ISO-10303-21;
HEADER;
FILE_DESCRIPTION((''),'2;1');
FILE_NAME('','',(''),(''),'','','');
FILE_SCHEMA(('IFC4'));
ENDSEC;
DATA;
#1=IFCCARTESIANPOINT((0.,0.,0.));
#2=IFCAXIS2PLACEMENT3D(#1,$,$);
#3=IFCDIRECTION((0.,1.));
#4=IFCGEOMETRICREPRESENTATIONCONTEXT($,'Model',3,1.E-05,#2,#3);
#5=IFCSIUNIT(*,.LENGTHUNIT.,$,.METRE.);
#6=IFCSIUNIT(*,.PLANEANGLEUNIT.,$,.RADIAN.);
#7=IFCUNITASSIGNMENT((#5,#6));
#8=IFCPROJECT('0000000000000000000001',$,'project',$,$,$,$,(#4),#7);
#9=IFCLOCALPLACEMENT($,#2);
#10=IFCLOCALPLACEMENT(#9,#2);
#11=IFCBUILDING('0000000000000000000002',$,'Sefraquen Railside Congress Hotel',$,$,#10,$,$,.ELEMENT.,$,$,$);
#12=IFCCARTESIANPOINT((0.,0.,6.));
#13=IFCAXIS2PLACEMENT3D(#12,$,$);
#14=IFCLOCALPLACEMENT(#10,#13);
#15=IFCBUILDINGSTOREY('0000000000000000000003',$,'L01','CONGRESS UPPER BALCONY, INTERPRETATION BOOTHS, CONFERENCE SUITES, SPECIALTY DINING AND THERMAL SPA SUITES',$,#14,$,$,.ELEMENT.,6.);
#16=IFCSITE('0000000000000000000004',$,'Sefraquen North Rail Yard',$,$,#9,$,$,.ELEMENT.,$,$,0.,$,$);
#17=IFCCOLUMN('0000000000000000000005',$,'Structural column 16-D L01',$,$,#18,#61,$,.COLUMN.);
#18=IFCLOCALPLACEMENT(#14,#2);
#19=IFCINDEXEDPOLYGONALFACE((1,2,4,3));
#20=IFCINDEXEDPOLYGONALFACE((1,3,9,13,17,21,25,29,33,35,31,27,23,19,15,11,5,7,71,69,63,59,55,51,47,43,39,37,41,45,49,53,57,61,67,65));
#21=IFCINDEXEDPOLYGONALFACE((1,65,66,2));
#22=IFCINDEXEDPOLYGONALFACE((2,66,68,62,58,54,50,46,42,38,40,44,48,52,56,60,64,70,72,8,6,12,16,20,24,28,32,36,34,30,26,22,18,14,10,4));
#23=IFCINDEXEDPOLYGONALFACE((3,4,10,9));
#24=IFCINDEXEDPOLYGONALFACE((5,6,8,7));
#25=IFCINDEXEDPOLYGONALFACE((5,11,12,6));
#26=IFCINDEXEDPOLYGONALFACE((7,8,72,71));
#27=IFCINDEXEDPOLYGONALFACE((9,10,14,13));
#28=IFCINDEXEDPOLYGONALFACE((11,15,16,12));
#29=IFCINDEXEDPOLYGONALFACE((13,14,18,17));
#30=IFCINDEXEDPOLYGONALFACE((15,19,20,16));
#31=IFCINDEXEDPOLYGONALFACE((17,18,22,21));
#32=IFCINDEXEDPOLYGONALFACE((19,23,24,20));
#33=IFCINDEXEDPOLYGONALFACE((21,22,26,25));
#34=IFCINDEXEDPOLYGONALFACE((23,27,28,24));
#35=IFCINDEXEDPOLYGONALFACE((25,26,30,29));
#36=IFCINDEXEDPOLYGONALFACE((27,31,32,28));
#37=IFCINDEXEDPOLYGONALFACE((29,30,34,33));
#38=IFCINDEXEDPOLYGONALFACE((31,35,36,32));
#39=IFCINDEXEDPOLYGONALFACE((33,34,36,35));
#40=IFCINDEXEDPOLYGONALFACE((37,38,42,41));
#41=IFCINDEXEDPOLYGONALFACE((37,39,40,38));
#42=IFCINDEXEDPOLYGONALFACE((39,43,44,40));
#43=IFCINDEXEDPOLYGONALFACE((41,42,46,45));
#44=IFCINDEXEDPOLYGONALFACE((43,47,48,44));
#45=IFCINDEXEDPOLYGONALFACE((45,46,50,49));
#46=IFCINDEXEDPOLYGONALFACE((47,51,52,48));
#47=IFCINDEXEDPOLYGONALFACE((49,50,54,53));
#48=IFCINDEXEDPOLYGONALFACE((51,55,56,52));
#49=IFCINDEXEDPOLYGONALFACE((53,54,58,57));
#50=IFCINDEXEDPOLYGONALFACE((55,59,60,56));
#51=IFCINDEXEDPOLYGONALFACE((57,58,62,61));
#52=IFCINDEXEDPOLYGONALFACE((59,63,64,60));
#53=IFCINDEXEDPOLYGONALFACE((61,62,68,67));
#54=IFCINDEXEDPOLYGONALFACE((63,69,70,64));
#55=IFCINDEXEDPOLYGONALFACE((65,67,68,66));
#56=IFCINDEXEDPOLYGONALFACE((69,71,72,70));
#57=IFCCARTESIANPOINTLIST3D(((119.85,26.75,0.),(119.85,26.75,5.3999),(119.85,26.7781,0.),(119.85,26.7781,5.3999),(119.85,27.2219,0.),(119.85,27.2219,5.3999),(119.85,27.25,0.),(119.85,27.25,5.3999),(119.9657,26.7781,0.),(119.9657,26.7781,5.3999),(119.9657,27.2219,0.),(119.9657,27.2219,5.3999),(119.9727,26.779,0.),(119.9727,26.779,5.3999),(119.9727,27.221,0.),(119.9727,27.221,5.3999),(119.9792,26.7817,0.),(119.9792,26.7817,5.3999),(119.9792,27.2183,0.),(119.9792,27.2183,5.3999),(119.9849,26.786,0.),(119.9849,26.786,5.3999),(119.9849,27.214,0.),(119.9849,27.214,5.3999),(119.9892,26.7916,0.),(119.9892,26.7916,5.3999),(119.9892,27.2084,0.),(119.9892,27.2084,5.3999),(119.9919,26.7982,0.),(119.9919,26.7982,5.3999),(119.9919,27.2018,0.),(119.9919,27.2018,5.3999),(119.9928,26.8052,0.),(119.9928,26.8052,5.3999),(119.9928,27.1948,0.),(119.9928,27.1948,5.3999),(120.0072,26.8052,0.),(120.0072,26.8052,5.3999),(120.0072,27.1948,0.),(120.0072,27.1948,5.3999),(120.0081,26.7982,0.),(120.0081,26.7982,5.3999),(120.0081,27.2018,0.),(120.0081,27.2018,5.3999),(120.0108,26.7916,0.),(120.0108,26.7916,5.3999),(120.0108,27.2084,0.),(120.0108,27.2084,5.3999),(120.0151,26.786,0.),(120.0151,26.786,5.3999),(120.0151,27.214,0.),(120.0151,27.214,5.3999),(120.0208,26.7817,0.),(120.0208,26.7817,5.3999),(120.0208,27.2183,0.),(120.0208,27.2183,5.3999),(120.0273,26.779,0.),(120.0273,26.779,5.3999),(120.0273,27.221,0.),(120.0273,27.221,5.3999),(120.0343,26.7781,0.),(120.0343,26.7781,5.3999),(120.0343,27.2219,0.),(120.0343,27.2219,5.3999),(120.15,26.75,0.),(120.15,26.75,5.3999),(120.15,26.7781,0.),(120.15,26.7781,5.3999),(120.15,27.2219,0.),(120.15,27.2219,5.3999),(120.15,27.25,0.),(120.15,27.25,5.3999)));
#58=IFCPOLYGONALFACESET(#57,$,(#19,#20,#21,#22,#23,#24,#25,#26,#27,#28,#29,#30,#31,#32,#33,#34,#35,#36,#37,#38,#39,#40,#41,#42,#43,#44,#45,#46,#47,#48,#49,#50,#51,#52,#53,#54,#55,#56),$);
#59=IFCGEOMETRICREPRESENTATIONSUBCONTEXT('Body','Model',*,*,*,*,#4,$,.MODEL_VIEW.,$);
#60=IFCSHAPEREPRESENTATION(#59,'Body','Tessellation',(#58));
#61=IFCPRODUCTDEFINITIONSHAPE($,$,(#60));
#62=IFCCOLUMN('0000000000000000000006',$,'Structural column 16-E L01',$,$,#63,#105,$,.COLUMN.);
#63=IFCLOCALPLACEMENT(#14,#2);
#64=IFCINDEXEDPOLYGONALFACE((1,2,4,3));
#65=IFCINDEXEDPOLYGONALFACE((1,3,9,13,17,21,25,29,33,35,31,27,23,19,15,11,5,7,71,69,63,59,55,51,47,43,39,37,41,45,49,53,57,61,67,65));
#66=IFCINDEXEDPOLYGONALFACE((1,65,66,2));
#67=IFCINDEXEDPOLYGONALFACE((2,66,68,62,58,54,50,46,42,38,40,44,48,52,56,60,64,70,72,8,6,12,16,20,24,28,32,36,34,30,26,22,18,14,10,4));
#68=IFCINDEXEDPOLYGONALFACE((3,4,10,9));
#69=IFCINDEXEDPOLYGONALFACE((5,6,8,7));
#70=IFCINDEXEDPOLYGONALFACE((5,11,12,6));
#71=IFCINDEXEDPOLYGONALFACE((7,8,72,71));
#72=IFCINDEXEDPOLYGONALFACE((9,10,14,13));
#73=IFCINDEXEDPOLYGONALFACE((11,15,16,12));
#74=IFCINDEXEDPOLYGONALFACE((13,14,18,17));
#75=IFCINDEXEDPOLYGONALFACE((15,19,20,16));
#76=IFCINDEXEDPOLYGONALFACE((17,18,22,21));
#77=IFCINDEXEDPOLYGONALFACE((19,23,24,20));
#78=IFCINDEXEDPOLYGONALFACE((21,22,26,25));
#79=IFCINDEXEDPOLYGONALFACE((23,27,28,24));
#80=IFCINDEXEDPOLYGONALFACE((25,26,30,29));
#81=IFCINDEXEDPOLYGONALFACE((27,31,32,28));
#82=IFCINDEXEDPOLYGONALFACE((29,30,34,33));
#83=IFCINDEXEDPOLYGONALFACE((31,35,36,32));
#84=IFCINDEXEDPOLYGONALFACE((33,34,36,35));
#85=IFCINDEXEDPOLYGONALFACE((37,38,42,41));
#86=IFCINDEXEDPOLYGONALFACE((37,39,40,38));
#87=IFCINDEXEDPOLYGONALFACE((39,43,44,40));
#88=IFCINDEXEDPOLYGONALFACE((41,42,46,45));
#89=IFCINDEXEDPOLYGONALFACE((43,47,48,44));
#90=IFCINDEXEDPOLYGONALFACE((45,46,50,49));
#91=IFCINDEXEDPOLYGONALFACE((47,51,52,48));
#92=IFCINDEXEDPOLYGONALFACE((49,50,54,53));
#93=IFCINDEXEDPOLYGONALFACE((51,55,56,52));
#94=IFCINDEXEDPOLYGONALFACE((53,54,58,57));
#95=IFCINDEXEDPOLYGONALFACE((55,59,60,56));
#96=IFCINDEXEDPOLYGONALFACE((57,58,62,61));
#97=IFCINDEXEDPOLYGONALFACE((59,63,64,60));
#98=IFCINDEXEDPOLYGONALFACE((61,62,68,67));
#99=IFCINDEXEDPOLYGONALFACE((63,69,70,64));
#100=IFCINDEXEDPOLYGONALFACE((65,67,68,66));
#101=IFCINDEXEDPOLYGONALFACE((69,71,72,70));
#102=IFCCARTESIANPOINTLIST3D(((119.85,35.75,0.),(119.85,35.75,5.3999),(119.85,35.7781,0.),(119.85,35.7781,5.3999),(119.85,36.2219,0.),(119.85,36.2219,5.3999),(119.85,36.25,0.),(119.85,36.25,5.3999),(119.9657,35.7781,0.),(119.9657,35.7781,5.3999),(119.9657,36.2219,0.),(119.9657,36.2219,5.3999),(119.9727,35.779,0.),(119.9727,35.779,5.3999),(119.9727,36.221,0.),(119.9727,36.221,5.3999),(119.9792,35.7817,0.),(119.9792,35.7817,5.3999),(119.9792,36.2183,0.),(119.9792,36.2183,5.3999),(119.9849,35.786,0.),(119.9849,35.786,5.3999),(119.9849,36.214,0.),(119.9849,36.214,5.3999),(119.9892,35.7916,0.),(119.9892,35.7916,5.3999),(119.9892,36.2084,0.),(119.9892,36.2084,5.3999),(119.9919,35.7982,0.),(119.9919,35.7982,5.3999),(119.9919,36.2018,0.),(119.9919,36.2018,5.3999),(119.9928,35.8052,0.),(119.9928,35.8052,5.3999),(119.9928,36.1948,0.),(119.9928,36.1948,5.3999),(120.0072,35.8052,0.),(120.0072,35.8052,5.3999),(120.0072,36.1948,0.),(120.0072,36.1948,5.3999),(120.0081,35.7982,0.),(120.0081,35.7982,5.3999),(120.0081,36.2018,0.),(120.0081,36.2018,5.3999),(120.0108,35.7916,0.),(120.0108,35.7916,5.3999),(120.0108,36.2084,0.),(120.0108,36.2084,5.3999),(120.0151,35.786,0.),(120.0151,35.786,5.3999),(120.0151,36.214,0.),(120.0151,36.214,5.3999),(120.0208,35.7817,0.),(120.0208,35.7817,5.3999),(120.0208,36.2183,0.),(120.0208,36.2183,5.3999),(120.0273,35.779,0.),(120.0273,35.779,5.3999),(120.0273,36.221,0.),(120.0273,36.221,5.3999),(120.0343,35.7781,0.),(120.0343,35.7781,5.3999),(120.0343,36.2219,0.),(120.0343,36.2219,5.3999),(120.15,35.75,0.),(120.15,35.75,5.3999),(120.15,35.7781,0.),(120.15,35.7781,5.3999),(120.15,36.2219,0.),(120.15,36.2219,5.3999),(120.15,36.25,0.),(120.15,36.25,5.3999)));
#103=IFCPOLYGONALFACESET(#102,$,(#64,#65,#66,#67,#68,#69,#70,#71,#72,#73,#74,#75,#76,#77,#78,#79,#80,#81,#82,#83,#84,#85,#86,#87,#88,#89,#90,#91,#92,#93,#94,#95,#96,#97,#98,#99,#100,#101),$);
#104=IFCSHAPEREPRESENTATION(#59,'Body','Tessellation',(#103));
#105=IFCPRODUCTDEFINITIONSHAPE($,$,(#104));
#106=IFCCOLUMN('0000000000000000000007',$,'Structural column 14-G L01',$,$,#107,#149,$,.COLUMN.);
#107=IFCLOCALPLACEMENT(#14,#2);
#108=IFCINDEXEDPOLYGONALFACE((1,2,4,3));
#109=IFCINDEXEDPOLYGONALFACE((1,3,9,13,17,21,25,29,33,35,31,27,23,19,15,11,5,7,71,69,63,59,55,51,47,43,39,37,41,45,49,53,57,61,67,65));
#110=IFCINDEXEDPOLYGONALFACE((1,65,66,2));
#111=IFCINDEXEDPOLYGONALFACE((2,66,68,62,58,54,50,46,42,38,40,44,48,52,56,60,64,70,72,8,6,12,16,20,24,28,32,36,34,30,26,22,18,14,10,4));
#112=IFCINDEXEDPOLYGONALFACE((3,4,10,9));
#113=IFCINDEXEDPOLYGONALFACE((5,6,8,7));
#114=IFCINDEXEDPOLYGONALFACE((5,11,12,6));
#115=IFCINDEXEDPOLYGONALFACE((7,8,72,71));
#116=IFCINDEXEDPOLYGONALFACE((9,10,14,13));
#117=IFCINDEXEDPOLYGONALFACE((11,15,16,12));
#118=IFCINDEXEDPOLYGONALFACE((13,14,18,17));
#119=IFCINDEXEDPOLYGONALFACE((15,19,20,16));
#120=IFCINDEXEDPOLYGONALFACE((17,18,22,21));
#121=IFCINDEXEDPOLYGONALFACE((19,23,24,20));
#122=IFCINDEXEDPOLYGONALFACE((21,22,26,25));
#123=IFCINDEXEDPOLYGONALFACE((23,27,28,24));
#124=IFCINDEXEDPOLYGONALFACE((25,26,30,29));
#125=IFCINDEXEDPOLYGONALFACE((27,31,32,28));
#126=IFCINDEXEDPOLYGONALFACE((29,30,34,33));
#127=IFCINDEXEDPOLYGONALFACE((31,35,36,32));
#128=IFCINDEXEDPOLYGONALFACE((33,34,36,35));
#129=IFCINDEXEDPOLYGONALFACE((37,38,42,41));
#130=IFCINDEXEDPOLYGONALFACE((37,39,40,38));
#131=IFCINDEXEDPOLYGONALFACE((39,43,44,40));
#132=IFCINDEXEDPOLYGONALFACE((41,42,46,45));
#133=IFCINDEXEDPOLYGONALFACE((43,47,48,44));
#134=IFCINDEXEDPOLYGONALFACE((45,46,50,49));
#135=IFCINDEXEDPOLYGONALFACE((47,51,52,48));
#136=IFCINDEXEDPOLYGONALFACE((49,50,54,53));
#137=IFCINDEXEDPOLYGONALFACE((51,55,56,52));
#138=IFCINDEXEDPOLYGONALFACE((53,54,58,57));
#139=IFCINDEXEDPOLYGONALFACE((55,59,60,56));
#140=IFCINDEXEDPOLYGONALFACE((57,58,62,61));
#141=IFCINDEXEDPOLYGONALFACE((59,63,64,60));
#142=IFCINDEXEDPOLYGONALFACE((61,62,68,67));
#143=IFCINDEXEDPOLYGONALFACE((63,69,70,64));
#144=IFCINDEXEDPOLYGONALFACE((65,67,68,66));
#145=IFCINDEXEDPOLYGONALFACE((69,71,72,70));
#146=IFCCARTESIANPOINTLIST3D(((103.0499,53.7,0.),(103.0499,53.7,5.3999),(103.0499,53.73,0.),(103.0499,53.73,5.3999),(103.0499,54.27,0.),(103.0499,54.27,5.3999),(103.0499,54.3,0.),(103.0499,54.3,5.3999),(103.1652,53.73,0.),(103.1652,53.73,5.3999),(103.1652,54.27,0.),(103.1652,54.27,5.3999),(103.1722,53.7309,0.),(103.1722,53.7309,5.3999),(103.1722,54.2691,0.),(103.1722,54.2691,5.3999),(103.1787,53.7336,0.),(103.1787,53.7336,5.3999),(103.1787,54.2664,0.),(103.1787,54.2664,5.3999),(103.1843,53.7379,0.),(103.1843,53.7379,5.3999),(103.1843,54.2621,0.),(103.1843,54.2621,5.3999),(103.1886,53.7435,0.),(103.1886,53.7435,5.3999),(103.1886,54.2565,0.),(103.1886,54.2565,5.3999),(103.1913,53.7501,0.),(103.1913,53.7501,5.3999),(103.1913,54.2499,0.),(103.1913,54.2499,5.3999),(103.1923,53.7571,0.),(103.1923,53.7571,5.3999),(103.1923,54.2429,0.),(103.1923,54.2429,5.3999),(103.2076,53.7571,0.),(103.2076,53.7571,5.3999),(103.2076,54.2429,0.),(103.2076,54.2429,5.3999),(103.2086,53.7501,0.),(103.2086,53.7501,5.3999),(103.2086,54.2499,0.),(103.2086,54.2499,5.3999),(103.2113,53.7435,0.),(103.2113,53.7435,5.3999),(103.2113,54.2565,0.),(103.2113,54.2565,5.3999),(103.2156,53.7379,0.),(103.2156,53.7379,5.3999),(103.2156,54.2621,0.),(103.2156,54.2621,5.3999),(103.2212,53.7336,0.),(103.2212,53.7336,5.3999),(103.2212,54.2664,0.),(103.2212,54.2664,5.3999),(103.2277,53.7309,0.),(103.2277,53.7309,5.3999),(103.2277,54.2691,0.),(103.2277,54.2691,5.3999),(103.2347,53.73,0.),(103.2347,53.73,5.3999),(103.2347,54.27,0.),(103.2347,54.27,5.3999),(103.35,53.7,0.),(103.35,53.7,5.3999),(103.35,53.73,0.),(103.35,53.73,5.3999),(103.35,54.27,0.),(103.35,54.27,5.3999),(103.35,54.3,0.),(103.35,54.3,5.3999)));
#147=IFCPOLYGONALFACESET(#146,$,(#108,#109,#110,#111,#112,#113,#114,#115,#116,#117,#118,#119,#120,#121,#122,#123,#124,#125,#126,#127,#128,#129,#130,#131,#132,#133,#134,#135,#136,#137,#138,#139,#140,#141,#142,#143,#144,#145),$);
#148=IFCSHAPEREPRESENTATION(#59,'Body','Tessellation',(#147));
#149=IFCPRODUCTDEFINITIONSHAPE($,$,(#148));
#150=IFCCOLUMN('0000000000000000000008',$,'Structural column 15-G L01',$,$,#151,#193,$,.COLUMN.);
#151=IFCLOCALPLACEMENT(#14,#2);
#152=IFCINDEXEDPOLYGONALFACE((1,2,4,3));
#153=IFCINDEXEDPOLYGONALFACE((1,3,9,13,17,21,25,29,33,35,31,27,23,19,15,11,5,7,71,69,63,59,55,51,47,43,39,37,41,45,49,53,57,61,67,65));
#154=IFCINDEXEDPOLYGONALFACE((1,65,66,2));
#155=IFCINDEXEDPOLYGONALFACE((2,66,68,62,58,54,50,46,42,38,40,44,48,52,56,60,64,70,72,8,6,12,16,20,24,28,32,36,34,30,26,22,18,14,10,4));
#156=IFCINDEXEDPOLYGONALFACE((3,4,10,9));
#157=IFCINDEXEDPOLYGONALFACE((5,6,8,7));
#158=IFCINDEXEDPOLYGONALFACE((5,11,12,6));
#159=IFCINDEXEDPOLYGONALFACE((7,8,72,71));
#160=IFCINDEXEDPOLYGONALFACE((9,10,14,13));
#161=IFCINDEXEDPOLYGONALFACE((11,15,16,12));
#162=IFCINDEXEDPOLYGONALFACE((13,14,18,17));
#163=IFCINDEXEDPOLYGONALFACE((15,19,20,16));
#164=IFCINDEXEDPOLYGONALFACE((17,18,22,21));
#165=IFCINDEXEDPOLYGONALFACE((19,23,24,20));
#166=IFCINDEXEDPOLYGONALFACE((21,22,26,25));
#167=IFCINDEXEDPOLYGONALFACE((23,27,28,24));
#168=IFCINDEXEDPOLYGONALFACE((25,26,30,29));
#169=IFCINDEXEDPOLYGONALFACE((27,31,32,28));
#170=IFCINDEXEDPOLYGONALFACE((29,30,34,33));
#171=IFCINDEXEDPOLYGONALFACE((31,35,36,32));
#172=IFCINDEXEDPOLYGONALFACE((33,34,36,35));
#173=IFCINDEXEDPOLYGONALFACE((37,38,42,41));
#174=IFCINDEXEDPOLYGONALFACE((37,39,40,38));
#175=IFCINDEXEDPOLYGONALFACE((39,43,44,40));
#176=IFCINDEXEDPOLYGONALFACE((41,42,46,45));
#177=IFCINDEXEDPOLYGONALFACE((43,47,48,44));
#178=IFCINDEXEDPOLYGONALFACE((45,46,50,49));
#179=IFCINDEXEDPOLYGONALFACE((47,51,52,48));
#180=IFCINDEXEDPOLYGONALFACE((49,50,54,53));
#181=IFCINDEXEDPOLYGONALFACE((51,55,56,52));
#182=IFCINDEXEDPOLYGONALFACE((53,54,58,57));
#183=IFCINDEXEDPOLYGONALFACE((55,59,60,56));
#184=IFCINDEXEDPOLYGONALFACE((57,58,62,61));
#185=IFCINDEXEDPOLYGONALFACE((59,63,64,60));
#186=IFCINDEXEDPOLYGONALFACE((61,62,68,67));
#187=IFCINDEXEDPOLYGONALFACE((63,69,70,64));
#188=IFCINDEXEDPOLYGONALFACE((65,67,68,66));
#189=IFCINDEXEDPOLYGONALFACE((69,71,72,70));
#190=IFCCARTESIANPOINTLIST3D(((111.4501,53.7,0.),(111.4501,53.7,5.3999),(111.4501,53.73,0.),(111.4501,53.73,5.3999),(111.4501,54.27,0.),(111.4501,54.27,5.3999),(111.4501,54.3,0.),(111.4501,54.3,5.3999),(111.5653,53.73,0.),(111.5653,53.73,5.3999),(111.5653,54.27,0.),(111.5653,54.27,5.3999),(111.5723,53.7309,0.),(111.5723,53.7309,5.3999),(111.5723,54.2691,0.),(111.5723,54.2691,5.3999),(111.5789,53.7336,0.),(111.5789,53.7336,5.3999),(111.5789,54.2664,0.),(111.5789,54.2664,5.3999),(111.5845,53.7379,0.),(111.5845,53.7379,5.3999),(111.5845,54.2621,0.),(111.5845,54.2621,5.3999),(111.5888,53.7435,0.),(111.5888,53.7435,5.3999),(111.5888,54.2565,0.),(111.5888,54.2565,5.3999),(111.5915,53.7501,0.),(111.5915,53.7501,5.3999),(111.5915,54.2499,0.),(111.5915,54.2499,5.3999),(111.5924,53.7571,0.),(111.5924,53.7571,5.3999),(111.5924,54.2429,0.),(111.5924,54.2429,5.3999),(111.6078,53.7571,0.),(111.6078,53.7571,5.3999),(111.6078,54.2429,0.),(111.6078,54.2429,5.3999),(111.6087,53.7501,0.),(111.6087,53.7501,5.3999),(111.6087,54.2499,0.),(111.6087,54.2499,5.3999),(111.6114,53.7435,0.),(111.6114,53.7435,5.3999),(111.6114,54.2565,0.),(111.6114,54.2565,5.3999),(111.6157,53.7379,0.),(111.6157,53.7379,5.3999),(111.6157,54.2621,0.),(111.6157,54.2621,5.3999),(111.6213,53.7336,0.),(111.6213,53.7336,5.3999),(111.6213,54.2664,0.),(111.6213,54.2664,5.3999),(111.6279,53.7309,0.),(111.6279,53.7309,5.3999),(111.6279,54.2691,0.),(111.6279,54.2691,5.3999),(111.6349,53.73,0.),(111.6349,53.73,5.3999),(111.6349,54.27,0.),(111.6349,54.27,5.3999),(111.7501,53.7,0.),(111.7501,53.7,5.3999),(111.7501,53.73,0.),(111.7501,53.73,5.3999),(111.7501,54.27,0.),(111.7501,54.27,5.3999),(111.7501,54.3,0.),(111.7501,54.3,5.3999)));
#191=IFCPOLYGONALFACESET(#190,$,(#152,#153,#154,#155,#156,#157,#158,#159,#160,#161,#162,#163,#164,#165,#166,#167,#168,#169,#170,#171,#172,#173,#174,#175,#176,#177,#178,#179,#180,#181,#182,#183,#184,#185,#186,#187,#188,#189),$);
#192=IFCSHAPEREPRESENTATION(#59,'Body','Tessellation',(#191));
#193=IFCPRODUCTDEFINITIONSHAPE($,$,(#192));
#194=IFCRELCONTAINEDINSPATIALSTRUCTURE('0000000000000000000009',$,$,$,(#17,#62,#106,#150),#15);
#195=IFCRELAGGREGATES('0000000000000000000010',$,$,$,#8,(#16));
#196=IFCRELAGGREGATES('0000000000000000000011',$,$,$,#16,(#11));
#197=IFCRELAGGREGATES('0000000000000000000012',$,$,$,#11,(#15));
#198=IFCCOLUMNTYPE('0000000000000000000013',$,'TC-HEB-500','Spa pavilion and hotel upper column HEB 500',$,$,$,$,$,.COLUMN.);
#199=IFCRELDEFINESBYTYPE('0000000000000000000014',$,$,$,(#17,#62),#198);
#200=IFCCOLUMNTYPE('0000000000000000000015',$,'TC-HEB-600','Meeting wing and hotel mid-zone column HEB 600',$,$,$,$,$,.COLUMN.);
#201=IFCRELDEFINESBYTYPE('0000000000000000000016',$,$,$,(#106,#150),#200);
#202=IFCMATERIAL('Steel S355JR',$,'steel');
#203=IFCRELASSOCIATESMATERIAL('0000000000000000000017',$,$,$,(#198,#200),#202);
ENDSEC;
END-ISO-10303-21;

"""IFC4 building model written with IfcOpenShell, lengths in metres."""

from ifc_helpers import new_model, si_unit, direction, frame, origin, origin_2d, place, context, subcontext, project, spatial, i_section, extrude, material, material_profile, profile_set, type_object, element, save


model = new_model("IFC4")

# Units and contexts
model_context = context("Model", 3, precision=1e-05, world=origin(), true_north=direction((0.0, 1.0)))
body_context = subcontext(model_context, "Body", "Model", "MODEL_VIEW")
ifc_project = project(units=[si_unit("LENGTHUNIT", "METRE"), si_unit("PLANEANGLEUNIT", "RADIAN")], contexts=[model_context])

# Site, building, storey
site_placement = place(None, origin())
site = spatial("IfcSite", under=ifc_project, at=site_placement, Name="Sefraquen North Rail Yard", CompositionType="ELEMENT", RefElevation=0.0)
building_placement = place(site_placement, origin())
building = spatial("IfcBuilding", under=site, at=building_placement, Name="Sefraquen Railside Congress Hotel", CompositionType="ELEMENT")
storey_placement = place(building_placement, frame((0.0, 0.0, 6.0)))
storey = spatial("IfcBuildingStorey", under=building, at=storey_placement, Name="L01", Description="CONGRESS UPPER BALCONY, INTERPRETATION BOOTHS, CONFERENCE SUITES, SPECIALTY DINING AND THERMAL SPA SUITES", CompositionType="ELEMENT", Elevation=6.0)

# Columns
ifc_material_1 = material(Name="Steel S355JR", Category="steel")
ifc_material_profile_1 = material_profile(ifc_material_1, i_section(OverallWidth=0.3, OverallDepth=0.5, WebThickness=0.0144, FlangeThickness=0.0281, FilletRadius=0.0271, at=origin_2d()), Name="HEB 500")
ifc_profile_set_1 = profile_set([ifc_material_profile_1], Name="Steel S355JR")
column_type_1 = type_object("IfcColumnType", Name="TC-HEB-500", Description="Spa pavilion and hotel upper column HEB 500", PredefinedType="COLUMN", material=ifc_profile_set_1)
for number, where, z_axis, x_axis, name in (
    (1, (120.0, 27.0, 0.0), (0.0, 0.0, 1.0), (1.0, 0.0, 0.0), "Structural column 16-D L01"),
    (2, (120.0, 36.0, 0.0), (0.0, 0.0, 1.0), (1.0, 0.0, 0.0), "Structural column 16-E L01"),
):
    element("IfcColumn", number, at=place(storey_placement, frame(where, z_axis=z_axis, x_axis=x_axis)), inside=storey, type_object=column_type_1, Name=name, PredefinedType="COLUMN", context=body_context, shape_type="SweptSolid", body=[
        extrude(i_section(OverallWidth=0.3, OverallDepth=0.5, WebThickness=0.0144, FlangeThickness=0.0281, FilletRadius=0.0271, at=origin_2d()), origin(), (0.0, 0.0, 1.0), 5.3999),
    ])
ifc_material_profile_2 = material_profile(ifc_material_1, i_section(OverallWidth=0.3, OverallDepth=0.6001, WebThickness=0.0154, FlangeThickness=0.03, FilletRadius=0.0271, at=origin_2d()), Name="HEB 600")
ifc_profile_set_2 = profile_set([ifc_material_profile_2], Name="Steel S355JR")
column_type_2 = type_object("IfcColumnType", Name="TC-HEB-600", Description="Meeting wing and hotel mid-zone column HEB 600", PredefinedType="COLUMN", material=ifc_profile_set_2)
for number, where, z_axis, x_axis, name in (
    (3, (103.2, 54.0, 0.0), (0.0, 0.0, 1.0), (1.0, 0.0, 0.0), "Structural column 14-G L01"),
    (4, (111.6001, 54.0, 0.0), (0.0, 0.0, 1.0), (1.0, 0.0, 0.0), "Structural column 15-G L01"),
):
    element("IfcColumn", number, at=place(storey_placement, frame(where, z_axis=z_axis, x_axis=x_axis)), inside=storey, type_object=column_type_2, Name=name, PredefinedType="COLUMN", context=body_context, shape_type="SweptSolid", body=[
        extrude(i_section(OverallWidth=0.3, OverallDepth=0.6001, WebThickness=0.0154, FlangeThickness=0.03, FilletRadius=0.0271, at=origin_2d()), origin(), (0.0, 0.0, 1.0), 5.3999),
    ])

save(model, "model.ifc")
